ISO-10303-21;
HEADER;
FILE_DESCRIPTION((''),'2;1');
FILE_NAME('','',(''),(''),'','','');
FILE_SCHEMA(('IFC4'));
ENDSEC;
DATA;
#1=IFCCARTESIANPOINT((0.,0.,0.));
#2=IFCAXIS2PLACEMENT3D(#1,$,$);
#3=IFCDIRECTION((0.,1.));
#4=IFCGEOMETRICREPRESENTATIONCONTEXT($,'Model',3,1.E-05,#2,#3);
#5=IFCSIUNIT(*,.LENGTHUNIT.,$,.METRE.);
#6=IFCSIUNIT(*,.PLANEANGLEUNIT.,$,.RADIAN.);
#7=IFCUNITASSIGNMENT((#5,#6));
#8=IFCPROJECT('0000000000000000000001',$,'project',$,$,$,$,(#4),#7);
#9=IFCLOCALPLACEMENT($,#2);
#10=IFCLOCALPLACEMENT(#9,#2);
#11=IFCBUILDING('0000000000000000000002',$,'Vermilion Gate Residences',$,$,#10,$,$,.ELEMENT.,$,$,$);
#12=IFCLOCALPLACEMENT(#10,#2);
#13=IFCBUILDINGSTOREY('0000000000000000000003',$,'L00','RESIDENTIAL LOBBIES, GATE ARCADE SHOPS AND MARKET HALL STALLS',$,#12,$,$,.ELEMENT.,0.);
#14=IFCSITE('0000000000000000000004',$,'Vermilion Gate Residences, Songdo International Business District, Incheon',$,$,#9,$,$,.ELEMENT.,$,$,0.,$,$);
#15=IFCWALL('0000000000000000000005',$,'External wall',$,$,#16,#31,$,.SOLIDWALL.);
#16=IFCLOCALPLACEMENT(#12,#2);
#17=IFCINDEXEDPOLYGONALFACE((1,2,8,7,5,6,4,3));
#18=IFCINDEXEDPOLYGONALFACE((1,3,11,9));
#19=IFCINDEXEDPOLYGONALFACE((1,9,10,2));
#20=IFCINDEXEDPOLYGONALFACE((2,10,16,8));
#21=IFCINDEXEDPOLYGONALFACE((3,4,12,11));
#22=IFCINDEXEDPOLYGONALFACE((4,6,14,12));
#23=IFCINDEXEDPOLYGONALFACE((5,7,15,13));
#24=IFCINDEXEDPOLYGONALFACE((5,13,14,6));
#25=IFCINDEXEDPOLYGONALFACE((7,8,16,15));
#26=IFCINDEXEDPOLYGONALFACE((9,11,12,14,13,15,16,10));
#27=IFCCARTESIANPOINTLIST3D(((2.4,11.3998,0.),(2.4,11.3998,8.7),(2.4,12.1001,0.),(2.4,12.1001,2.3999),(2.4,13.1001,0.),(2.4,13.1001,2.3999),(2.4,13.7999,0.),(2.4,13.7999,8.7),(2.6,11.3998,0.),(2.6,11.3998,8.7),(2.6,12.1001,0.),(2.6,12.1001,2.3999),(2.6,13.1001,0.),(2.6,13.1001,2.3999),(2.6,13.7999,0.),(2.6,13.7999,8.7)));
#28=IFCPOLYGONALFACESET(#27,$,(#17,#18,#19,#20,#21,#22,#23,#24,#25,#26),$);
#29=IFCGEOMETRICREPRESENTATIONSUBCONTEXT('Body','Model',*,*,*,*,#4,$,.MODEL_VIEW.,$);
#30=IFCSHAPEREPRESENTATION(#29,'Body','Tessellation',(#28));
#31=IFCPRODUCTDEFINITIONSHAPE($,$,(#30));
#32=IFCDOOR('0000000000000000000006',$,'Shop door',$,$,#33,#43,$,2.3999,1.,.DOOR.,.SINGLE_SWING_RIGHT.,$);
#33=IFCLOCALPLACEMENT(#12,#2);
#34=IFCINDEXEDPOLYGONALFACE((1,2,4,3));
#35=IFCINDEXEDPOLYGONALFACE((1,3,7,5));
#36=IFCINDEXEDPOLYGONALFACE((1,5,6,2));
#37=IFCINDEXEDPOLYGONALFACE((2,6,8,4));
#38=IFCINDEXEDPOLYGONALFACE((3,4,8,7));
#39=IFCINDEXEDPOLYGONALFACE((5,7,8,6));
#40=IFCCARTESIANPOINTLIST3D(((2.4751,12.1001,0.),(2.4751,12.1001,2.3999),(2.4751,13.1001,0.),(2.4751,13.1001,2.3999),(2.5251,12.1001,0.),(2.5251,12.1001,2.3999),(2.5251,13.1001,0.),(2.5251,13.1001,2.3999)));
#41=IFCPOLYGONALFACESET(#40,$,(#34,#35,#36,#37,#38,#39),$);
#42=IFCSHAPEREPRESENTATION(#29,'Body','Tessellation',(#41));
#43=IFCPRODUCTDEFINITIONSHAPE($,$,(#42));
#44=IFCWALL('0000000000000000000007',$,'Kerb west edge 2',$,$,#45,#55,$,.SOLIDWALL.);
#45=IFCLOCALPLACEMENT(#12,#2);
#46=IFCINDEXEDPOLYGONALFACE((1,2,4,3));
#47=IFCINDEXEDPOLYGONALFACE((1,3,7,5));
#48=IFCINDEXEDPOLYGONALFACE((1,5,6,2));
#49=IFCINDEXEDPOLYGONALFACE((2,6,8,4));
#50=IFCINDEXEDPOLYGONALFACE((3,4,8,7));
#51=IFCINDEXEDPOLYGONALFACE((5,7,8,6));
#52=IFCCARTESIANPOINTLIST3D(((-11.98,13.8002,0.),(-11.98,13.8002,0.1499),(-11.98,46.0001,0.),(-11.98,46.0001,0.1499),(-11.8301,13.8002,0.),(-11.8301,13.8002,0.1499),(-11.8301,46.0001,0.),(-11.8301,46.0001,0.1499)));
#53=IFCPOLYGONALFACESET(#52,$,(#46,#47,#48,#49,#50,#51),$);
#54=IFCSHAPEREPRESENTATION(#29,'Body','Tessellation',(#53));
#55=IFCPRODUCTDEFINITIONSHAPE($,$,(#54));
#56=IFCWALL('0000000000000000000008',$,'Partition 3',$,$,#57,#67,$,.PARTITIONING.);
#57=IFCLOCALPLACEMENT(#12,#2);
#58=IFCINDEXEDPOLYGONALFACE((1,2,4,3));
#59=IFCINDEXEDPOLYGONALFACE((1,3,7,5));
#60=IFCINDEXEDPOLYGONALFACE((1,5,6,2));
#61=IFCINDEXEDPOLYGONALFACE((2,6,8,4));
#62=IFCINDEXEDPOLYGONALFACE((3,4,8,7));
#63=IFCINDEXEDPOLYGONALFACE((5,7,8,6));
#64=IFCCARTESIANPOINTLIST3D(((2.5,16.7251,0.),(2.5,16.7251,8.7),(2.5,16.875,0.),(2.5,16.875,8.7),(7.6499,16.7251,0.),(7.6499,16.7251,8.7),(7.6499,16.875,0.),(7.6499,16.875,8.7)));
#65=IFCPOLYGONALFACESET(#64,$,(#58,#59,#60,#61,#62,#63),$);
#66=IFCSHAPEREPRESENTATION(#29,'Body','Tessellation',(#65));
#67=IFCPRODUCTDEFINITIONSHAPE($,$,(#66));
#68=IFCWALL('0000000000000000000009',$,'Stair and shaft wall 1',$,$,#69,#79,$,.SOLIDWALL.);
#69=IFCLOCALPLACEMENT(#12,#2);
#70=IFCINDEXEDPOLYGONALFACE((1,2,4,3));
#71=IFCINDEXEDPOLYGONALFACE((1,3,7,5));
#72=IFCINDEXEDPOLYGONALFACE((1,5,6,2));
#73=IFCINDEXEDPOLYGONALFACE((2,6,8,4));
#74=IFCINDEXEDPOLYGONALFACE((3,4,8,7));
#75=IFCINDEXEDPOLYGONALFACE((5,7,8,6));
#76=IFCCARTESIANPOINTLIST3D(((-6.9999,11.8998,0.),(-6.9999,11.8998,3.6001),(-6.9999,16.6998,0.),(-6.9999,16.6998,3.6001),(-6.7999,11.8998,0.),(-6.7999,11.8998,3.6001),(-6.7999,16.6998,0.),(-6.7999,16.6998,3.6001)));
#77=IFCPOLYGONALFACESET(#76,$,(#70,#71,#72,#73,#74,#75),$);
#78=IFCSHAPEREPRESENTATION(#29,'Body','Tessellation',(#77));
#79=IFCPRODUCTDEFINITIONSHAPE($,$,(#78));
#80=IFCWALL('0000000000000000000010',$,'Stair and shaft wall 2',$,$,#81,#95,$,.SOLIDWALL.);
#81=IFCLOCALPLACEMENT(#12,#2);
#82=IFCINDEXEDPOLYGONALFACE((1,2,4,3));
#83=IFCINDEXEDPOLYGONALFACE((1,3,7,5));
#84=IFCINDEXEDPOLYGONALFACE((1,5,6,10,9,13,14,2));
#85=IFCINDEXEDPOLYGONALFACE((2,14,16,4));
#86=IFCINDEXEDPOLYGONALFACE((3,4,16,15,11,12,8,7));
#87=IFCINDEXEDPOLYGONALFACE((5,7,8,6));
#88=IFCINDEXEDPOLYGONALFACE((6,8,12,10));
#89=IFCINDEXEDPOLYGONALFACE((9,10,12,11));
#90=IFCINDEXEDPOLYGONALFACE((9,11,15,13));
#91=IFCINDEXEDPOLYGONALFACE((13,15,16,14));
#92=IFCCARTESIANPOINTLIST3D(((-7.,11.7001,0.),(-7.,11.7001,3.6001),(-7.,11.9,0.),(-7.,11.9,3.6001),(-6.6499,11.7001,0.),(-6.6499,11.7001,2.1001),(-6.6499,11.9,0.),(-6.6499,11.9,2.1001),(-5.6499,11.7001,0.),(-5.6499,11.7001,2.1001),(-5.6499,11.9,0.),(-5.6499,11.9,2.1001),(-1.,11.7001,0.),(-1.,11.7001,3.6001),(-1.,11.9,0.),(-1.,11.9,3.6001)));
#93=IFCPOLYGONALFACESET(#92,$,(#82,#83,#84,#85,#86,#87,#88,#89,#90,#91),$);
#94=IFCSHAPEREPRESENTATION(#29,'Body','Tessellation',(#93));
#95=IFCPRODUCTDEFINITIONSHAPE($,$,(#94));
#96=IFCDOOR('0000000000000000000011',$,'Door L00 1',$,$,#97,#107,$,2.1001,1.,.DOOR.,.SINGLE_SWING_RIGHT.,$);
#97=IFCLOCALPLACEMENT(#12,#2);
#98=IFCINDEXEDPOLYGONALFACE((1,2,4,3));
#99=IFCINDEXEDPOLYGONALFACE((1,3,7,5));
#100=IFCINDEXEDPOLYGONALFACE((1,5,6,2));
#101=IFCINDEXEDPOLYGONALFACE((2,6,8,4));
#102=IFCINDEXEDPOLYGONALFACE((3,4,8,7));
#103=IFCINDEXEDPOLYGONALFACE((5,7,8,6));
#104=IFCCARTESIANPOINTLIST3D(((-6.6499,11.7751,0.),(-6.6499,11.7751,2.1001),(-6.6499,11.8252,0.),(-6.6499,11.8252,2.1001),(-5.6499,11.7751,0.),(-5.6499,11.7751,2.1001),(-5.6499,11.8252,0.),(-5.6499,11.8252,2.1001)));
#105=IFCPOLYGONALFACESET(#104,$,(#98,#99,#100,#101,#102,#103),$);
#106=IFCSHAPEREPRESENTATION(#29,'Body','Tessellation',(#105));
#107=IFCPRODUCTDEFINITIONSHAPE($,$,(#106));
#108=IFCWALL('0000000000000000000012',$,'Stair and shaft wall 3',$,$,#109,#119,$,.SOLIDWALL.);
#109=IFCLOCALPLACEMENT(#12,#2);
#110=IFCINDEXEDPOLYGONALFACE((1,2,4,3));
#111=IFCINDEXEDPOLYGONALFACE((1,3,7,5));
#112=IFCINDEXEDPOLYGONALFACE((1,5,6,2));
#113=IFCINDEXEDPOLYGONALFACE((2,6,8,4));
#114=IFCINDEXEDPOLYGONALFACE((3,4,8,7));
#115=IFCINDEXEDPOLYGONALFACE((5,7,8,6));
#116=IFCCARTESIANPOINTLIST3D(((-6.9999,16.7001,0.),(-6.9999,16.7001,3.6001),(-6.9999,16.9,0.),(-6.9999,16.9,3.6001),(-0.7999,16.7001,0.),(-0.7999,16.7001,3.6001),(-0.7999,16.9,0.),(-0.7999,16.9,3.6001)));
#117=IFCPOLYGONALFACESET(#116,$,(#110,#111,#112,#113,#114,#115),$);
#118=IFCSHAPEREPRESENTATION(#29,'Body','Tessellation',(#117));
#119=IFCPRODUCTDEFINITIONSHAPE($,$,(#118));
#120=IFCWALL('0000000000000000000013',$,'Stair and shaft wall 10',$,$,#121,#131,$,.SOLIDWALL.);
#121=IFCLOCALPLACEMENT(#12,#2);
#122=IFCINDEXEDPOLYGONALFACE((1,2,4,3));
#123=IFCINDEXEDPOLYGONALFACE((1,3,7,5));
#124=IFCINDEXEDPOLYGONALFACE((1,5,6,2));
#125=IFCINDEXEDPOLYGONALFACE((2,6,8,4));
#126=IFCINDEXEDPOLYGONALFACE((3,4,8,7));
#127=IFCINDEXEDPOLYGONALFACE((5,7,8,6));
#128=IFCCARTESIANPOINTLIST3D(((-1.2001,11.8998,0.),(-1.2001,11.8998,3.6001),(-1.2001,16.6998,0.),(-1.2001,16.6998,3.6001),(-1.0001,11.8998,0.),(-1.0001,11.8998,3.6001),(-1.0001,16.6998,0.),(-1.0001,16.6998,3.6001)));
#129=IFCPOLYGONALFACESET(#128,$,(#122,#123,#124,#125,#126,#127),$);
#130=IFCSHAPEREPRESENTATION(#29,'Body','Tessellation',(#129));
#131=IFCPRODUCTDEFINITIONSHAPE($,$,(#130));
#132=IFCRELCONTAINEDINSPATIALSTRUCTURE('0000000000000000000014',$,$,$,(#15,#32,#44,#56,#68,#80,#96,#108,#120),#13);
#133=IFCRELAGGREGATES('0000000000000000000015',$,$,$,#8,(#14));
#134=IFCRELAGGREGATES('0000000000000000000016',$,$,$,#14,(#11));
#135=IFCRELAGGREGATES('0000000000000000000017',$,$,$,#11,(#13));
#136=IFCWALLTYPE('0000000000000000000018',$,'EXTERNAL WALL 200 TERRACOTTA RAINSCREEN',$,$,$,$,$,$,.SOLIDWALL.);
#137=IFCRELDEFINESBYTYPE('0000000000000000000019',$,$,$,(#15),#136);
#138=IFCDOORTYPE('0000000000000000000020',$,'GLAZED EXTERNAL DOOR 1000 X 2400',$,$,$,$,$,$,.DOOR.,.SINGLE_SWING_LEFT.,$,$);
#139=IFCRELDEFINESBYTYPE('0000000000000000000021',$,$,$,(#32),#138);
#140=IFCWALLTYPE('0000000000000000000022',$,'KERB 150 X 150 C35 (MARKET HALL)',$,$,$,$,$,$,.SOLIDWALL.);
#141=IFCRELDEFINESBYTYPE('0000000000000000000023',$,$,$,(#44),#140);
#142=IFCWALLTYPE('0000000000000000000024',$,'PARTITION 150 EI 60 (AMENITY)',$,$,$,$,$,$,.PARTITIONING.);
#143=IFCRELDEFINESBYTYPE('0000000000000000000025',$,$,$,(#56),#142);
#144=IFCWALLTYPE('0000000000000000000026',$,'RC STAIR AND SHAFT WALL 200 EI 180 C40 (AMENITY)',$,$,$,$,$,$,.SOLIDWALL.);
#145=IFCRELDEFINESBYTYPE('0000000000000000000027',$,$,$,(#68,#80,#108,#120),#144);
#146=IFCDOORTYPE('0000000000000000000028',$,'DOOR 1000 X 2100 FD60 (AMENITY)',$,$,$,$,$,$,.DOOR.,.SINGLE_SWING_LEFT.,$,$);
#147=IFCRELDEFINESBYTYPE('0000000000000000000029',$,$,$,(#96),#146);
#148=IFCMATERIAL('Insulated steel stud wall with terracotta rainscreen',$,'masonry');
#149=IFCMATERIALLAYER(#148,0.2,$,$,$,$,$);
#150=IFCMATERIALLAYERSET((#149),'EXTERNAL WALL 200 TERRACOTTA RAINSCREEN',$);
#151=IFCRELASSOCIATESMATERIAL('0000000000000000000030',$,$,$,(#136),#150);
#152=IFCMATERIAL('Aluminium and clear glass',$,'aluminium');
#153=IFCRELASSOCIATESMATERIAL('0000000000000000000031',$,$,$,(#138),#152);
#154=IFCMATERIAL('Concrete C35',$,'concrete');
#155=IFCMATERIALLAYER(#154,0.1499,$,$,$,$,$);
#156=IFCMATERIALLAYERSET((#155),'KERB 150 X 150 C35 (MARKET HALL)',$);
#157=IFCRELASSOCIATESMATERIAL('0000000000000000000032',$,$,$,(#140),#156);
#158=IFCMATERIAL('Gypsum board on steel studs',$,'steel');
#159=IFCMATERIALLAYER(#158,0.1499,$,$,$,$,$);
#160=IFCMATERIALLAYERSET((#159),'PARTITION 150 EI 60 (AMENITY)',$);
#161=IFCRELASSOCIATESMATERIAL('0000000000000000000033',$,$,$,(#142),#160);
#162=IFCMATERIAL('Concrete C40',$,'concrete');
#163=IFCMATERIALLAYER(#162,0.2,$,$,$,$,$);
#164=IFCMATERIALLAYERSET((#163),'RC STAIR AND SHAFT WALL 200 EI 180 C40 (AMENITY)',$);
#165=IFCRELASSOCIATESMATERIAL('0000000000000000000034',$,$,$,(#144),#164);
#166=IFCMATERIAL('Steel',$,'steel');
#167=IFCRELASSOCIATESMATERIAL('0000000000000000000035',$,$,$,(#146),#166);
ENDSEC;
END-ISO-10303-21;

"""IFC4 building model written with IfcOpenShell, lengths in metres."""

from ifc_helpers import new_model, si_unit, direction, frame, frame_2d, origin, place, context, subcontext, project, spatial, rectangle, extrude, material, layer, layer_set, type_object, element, fill, save


model = new_model("IFC4")

# Units and contexts
model_context = context("Model", 3, precision=1e-05, world=origin(), true_north=direction((0.0, 1.0)))
body_context = subcontext(model_context, "Body", "Model", "MODEL_VIEW")
ifc_project = project(units=[si_unit("LENGTHUNIT", "METRE"), si_unit("PLANEANGLEUNIT", "RADIAN")], contexts=[model_context])

# Site, building, storey
site_placement = place(None, origin())
site = spatial("IfcSite", under=ifc_project, at=site_placement, Name="Vermilion Gate Residences, Songdo International Business District, Incheon", CompositionType="ELEMENT", RefElevation=0.0)
building_placement = place(site_placement, origin())
building = spatial("IfcBuilding", under=site, at=building_placement, Name="Vermilion Gate Residences", CompositionType="ELEMENT")
storey_placement = place(building_placement, origin())
storey = spatial("IfcBuildingStorey", under=building, at=storey_placement, Name="L00", Description="RESIDENTIAL LOBBIES, GATE ARCADE SHOPS AND MARKET HALL STALLS", CompositionType="ELEMENT", Elevation=0.0)

# Wall, opening, door
ifc_material_1 = material(Name="Insulated steel stud wall with terracotta rainscreen", Category="masonry")
ifc_layer_1 = layer(ifc_material_1, 0.2)
ifc_layer_set_1 = layer_set([ifc_layer_1], Name="EXTERNAL WALL 200 TERRACOTTA RAINSCREEN")
wall_type_1 = type_object("IfcWallType", Name="EXTERNAL WALL 200 TERRACOTTA RAINSCREEN", PredefinedType="SOLIDWALL", material=ifc_layer_set_1)
wall_1_placement = place(storey_placement, frame((2.5, 13.8, 0.0), z_axis=(0.0, 0.0, 1.0), x_axis=(0.0, -1.0, 0.0)))
wall_1 = element("IfcWall", 1, at=wall_1_placement, inside=storey, type_object=wall_type_1, Name="External wall", PredefinedType="SOLIDWALL", context=body_context, shape_type="SweptSolid", body=[
    extrude(rectangle(XDim=2.4001, YDim=0.2, at=frame_2d((1.2002, 0.0))), origin(), (0.0, 0.0, 1.0), 8.7),
])
opening_1_placement = place(wall_1_placement, frame((0.7, 0.0, 0.0)))
opening_1 = element("IfcOpeningElement", 2, at=opening_1_placement, cuts=wall_1, PredefinedType="OPENING", context=body_context, shape_type="SweptSolid", body=[
    extrude(rectangle(XDim=1.0, YDim=2.3999, at=frame_2d((0.5, 1.2))), frame((0.0, 0.1099, 0.0), z_axis=(0.0, -1.0, 0.0), x_axis=(1.0, 0.0, 0.0)), (0.0, 0.0, 1.0), 0.22),
])
ifc_material_2 = material(Name="Aluminium and clear glass", Category="aluminium")
door_type_1 = type_object("IfcDoorType", Name="GLAZED EXTERNAL DOOR 1000 X 2400", OperationType="SINGLE_SWING_LEFT", PredefinedType="DOOR", material=ifc_material_2)
door_1_placement = place(opening_1_placement, frame((1.0, 0.0, 0.0), z_axis=(0.0, 0.0, 1.0), x_axis=(-1.0, 0.0, 0.0)))
door_1 = element("IfcDoor", 3, at=door_1_placement, inside=storey, type_object=door_type_1, Name="Shop door", OperationType="SINGLE_SWING_RIGHT", OverallHeight=2.3999, OverallWidth=1.0, PredefinedType="DOOR", context=body_context, shape_type="SweptSolid", body=[
    extrude(rectangle(XDim=1.0, YDim=2.3999, at=frame_2d((0.5, 1.2))), frame((0.0, 0.0249, 0.0), z_axis=(0.0, -1.0, 0.0), x_axis=(1.0, 0.0, 0.0)), (0.0, 0.0, 1.0), 0.05),
])
fill(opening_1, door_1)

# Walls
ifc_material_3 = material(Name="Concrete C35", Category="concrete")
ifc_layer_2 = layer(ifc_material_3, 0.1499)
ifc_layer_set_2 = layer_set([ifc_layer_2], Name="KERB 150 X 150 C35 (MARKET HALL)")
wall_type_2 = type_object("IfcWallType", Name="KERB 150 X 150 C35 (MARKET HALL)", PredefinedType="SOLIDWALL", material=ifc_layer_set_2)
wall_2_placement = place(storey_placement, frame((-11.905, 13.8, 0.0), z_axis=(0.0, 0.0, 1.0), x_axis=(0.0, 1.0, 0.0)))
element("IfcWall", 4, at=wall_2_placement, inside=storey, type_object=wall_type_2, Name="Kerb west edge 2", PredefinedType="SOLIDWALL", context=body_context, shape_type="SweptSolid", body=[
    extrude(rectangle(XDim=32.2, YDim=0.1499, at=frame_2d((16.1001, 0.0))), origin(), (0.0, 0.0, 1.0), 0.1499),
])
ifc_material_4 = material(Name="Gypsum board on steel studs", Category="steel")
ifc_layer_3 = layer(ifc_material_4, 0.1499)
ifc_layer_set_3 = layer_set([ifc_layer_3], Name="PARTITION 150 EI 60 (AMENITY)")
wall_type_3 = type_object("IfcWallType", Name="PARTITION 150 EI 60 (AMENITY)", PredefinedType="PARTITIONING", material=ifc_layer_set_3)
wall_3_placement = place(storey_placement, frame((2.5, 16.8, 0.0), z_axis=(0.0, 0.0, 1.0), x_axis=(1.0, 0.0, 0.0)))
element("IfcWall", 5, at=wall_3_placement, inside=storey, type_object=wall_type_3, Name="Partition 3", PredefinedType="PARTITIONING", context=body_context, shape_type="SweptSolid", body=[
    extrude(rectangle(XDim=5.1499, YDim=0.1499, at=frame_2d((2.575, 0.0))), origin(), (0.0, 0.0, 1.0), 8.7),
])
ifc_material_5 = material(Name="Concrete C40", Category="concrete")
ifc_layer_4 = layer(ifc_material_5, 0.2)
ifc_layer_set_4 = layer_set([ifc_layer_4], Name="RC STAIR AND SHAFT WALL 200 EI 180 C40 (AMENITY)")
wall_type_4 = type_object("IfcWallType", Name="RC STAIR AND SHAFT WALL 200 EI 180 C40 (AMENITY)", PredefinedType="SOLIDWALL", material=ifc_layer_set_4)
wall_4_placement = place(storey_placement, frame((-6.8999, 11.8999, 0.0), z_axis=(0.0, 0.0, 1.0), x_axis=(0.0, 1.0, 0.0)))
element("IfcWall", 6, at=wall_4_placement, inside=storey, type_object=wall_type_4, Name="Stair and shaft wall 1", PredefinedType="SOLIDWALL", context=body_context, shape_type="SweptSolid", body=[
    extrude(rectangle(XDim=4.8, YDim=0.2, at=frame_2d((2.3999, 0.0))), origin(), (0.0, 0.0, 1.0), 3.6001),
])

# Wall, opening, door
wall_5_placement = place(storey_placement, frame((-7.0, 11.8, 0.0), z_axis=(0.0, 0.0, 1.0), x_axis=(1.0, 0.0, 0.0)))
wall_5 = element("IfcWall", 7, at=wall_5_placement, inside=storey, type_object=wall_type_4, Name="Stair and shaft wall 2", PredefinedType="SOLIDWALL", context=body_context, shape_type="SweptSolid", body=[
    extrude(rectangle(XDim=6.0, YDim=0.2, at=frame_2d((3.0, 0.0))), origin(), (0.0, 0.0, 1.0), 3.6001),
])
opening_2_placement = place(wall_5_placement, frame((0.3501, 0.0, 0.0)))
opening_2 = element("IfcOpeningElement", 8, at=opening_2_placement, cuts=wall_5, PredefinedType="OPENING", context=body_context, shape_type="SweptSolid", body=[
    extrude(rectangle(XDim=1.0, YDim=2.1001, at=frame_2d((0.5, 1.05))), frame((0.0, 0.1099, 0.0), z_axis=(0.0, -1.0, 0.0), x_axis=(1.0, 0.0, 0.0)), (0.0, 0.0, 1.0), 0.22),
])
ifc_material_6 = material(Name="Steel", Category="steel")
door_type_2 = type_object("IfcDoorType", Name="DOOR 1000 X 2100 FD60 (AMENITY)", OperationType="SINGLE_SWING_LEFT", PredefinedType="DOOR", material=ifc_material_6)
door_2_placement = place(opening_2_placement, frame((1.0, 0.0, 0.0), z_axis=(0.0, 0.0, 1.0), x_axis=(-1.0, 0.0, 0.0)))
door_2 = element("IfcDoor", 9, at=door_2_placement, inside=storey, type_object=door_type_2, Name="Door L00 1", OperationType="SINGLE_SWING_RIGHT", OverallHeight=2.1001, OverallWidth=1.0, PredefinedType="DOOR", context=body_context, shape_type="SweptSolid", body=[
    extrude(rectangle(XDim=1.0, YDim=2.1001, at=frame_2d((0.5, 1.05))), frame((0.0, 0.0249, 0.0), z_axis=(0.0, -1.0, 0.0), x_axis=(1.0, 0.0, 0.0)), (0.0, 0.0, 1.0), 0.05),
])
fill(opening_2, door_2)

# Walls
wall_6_placement = place(storey_placement, frame((-7.0, 16.8, 0.0), z_axis=(0.0, 0.0, 1.0), x_axis=(1.0, 0.0, 0.0)))
element("IfcWall", 10, at=wall_6_placement, inside=storey, type_object=wall_type_4, Name="Stair and shaft wall 3", PredefinedType="SOLIDWALL", context=body_context, shape_type="SweptSolid", body=[
    extrude(rectangle(XDim=6.2, YDim=0.2, at=frame_2d((3.1001, 0.0))), origin(), (0.0, 0.0, 1.0), 3.6001),
])
wall_7_placement = place(storey_placement, frame((-1.1001, 11.8999, 0.0), z_axis=(0.0, 0.0, 1.0), x_axis=(0.0, 1.0, 0.0)))
element("IfcWall", 11, at=wall_7_placement, inside=storey, type_object=wall_type_4, Name="Stair and shaft wall 10", PredefinedType="SOLIDWALL", context=body_context, shape_type="SweptSolid", body=[
    extrude(rectangle(XDim=4.8, YDim=0.2, at=frame_2d((2.3999, 0.0))), origin(), (0.0, 0.0, 1.0), 3.6001),
])

save(model, "model.ifc")
